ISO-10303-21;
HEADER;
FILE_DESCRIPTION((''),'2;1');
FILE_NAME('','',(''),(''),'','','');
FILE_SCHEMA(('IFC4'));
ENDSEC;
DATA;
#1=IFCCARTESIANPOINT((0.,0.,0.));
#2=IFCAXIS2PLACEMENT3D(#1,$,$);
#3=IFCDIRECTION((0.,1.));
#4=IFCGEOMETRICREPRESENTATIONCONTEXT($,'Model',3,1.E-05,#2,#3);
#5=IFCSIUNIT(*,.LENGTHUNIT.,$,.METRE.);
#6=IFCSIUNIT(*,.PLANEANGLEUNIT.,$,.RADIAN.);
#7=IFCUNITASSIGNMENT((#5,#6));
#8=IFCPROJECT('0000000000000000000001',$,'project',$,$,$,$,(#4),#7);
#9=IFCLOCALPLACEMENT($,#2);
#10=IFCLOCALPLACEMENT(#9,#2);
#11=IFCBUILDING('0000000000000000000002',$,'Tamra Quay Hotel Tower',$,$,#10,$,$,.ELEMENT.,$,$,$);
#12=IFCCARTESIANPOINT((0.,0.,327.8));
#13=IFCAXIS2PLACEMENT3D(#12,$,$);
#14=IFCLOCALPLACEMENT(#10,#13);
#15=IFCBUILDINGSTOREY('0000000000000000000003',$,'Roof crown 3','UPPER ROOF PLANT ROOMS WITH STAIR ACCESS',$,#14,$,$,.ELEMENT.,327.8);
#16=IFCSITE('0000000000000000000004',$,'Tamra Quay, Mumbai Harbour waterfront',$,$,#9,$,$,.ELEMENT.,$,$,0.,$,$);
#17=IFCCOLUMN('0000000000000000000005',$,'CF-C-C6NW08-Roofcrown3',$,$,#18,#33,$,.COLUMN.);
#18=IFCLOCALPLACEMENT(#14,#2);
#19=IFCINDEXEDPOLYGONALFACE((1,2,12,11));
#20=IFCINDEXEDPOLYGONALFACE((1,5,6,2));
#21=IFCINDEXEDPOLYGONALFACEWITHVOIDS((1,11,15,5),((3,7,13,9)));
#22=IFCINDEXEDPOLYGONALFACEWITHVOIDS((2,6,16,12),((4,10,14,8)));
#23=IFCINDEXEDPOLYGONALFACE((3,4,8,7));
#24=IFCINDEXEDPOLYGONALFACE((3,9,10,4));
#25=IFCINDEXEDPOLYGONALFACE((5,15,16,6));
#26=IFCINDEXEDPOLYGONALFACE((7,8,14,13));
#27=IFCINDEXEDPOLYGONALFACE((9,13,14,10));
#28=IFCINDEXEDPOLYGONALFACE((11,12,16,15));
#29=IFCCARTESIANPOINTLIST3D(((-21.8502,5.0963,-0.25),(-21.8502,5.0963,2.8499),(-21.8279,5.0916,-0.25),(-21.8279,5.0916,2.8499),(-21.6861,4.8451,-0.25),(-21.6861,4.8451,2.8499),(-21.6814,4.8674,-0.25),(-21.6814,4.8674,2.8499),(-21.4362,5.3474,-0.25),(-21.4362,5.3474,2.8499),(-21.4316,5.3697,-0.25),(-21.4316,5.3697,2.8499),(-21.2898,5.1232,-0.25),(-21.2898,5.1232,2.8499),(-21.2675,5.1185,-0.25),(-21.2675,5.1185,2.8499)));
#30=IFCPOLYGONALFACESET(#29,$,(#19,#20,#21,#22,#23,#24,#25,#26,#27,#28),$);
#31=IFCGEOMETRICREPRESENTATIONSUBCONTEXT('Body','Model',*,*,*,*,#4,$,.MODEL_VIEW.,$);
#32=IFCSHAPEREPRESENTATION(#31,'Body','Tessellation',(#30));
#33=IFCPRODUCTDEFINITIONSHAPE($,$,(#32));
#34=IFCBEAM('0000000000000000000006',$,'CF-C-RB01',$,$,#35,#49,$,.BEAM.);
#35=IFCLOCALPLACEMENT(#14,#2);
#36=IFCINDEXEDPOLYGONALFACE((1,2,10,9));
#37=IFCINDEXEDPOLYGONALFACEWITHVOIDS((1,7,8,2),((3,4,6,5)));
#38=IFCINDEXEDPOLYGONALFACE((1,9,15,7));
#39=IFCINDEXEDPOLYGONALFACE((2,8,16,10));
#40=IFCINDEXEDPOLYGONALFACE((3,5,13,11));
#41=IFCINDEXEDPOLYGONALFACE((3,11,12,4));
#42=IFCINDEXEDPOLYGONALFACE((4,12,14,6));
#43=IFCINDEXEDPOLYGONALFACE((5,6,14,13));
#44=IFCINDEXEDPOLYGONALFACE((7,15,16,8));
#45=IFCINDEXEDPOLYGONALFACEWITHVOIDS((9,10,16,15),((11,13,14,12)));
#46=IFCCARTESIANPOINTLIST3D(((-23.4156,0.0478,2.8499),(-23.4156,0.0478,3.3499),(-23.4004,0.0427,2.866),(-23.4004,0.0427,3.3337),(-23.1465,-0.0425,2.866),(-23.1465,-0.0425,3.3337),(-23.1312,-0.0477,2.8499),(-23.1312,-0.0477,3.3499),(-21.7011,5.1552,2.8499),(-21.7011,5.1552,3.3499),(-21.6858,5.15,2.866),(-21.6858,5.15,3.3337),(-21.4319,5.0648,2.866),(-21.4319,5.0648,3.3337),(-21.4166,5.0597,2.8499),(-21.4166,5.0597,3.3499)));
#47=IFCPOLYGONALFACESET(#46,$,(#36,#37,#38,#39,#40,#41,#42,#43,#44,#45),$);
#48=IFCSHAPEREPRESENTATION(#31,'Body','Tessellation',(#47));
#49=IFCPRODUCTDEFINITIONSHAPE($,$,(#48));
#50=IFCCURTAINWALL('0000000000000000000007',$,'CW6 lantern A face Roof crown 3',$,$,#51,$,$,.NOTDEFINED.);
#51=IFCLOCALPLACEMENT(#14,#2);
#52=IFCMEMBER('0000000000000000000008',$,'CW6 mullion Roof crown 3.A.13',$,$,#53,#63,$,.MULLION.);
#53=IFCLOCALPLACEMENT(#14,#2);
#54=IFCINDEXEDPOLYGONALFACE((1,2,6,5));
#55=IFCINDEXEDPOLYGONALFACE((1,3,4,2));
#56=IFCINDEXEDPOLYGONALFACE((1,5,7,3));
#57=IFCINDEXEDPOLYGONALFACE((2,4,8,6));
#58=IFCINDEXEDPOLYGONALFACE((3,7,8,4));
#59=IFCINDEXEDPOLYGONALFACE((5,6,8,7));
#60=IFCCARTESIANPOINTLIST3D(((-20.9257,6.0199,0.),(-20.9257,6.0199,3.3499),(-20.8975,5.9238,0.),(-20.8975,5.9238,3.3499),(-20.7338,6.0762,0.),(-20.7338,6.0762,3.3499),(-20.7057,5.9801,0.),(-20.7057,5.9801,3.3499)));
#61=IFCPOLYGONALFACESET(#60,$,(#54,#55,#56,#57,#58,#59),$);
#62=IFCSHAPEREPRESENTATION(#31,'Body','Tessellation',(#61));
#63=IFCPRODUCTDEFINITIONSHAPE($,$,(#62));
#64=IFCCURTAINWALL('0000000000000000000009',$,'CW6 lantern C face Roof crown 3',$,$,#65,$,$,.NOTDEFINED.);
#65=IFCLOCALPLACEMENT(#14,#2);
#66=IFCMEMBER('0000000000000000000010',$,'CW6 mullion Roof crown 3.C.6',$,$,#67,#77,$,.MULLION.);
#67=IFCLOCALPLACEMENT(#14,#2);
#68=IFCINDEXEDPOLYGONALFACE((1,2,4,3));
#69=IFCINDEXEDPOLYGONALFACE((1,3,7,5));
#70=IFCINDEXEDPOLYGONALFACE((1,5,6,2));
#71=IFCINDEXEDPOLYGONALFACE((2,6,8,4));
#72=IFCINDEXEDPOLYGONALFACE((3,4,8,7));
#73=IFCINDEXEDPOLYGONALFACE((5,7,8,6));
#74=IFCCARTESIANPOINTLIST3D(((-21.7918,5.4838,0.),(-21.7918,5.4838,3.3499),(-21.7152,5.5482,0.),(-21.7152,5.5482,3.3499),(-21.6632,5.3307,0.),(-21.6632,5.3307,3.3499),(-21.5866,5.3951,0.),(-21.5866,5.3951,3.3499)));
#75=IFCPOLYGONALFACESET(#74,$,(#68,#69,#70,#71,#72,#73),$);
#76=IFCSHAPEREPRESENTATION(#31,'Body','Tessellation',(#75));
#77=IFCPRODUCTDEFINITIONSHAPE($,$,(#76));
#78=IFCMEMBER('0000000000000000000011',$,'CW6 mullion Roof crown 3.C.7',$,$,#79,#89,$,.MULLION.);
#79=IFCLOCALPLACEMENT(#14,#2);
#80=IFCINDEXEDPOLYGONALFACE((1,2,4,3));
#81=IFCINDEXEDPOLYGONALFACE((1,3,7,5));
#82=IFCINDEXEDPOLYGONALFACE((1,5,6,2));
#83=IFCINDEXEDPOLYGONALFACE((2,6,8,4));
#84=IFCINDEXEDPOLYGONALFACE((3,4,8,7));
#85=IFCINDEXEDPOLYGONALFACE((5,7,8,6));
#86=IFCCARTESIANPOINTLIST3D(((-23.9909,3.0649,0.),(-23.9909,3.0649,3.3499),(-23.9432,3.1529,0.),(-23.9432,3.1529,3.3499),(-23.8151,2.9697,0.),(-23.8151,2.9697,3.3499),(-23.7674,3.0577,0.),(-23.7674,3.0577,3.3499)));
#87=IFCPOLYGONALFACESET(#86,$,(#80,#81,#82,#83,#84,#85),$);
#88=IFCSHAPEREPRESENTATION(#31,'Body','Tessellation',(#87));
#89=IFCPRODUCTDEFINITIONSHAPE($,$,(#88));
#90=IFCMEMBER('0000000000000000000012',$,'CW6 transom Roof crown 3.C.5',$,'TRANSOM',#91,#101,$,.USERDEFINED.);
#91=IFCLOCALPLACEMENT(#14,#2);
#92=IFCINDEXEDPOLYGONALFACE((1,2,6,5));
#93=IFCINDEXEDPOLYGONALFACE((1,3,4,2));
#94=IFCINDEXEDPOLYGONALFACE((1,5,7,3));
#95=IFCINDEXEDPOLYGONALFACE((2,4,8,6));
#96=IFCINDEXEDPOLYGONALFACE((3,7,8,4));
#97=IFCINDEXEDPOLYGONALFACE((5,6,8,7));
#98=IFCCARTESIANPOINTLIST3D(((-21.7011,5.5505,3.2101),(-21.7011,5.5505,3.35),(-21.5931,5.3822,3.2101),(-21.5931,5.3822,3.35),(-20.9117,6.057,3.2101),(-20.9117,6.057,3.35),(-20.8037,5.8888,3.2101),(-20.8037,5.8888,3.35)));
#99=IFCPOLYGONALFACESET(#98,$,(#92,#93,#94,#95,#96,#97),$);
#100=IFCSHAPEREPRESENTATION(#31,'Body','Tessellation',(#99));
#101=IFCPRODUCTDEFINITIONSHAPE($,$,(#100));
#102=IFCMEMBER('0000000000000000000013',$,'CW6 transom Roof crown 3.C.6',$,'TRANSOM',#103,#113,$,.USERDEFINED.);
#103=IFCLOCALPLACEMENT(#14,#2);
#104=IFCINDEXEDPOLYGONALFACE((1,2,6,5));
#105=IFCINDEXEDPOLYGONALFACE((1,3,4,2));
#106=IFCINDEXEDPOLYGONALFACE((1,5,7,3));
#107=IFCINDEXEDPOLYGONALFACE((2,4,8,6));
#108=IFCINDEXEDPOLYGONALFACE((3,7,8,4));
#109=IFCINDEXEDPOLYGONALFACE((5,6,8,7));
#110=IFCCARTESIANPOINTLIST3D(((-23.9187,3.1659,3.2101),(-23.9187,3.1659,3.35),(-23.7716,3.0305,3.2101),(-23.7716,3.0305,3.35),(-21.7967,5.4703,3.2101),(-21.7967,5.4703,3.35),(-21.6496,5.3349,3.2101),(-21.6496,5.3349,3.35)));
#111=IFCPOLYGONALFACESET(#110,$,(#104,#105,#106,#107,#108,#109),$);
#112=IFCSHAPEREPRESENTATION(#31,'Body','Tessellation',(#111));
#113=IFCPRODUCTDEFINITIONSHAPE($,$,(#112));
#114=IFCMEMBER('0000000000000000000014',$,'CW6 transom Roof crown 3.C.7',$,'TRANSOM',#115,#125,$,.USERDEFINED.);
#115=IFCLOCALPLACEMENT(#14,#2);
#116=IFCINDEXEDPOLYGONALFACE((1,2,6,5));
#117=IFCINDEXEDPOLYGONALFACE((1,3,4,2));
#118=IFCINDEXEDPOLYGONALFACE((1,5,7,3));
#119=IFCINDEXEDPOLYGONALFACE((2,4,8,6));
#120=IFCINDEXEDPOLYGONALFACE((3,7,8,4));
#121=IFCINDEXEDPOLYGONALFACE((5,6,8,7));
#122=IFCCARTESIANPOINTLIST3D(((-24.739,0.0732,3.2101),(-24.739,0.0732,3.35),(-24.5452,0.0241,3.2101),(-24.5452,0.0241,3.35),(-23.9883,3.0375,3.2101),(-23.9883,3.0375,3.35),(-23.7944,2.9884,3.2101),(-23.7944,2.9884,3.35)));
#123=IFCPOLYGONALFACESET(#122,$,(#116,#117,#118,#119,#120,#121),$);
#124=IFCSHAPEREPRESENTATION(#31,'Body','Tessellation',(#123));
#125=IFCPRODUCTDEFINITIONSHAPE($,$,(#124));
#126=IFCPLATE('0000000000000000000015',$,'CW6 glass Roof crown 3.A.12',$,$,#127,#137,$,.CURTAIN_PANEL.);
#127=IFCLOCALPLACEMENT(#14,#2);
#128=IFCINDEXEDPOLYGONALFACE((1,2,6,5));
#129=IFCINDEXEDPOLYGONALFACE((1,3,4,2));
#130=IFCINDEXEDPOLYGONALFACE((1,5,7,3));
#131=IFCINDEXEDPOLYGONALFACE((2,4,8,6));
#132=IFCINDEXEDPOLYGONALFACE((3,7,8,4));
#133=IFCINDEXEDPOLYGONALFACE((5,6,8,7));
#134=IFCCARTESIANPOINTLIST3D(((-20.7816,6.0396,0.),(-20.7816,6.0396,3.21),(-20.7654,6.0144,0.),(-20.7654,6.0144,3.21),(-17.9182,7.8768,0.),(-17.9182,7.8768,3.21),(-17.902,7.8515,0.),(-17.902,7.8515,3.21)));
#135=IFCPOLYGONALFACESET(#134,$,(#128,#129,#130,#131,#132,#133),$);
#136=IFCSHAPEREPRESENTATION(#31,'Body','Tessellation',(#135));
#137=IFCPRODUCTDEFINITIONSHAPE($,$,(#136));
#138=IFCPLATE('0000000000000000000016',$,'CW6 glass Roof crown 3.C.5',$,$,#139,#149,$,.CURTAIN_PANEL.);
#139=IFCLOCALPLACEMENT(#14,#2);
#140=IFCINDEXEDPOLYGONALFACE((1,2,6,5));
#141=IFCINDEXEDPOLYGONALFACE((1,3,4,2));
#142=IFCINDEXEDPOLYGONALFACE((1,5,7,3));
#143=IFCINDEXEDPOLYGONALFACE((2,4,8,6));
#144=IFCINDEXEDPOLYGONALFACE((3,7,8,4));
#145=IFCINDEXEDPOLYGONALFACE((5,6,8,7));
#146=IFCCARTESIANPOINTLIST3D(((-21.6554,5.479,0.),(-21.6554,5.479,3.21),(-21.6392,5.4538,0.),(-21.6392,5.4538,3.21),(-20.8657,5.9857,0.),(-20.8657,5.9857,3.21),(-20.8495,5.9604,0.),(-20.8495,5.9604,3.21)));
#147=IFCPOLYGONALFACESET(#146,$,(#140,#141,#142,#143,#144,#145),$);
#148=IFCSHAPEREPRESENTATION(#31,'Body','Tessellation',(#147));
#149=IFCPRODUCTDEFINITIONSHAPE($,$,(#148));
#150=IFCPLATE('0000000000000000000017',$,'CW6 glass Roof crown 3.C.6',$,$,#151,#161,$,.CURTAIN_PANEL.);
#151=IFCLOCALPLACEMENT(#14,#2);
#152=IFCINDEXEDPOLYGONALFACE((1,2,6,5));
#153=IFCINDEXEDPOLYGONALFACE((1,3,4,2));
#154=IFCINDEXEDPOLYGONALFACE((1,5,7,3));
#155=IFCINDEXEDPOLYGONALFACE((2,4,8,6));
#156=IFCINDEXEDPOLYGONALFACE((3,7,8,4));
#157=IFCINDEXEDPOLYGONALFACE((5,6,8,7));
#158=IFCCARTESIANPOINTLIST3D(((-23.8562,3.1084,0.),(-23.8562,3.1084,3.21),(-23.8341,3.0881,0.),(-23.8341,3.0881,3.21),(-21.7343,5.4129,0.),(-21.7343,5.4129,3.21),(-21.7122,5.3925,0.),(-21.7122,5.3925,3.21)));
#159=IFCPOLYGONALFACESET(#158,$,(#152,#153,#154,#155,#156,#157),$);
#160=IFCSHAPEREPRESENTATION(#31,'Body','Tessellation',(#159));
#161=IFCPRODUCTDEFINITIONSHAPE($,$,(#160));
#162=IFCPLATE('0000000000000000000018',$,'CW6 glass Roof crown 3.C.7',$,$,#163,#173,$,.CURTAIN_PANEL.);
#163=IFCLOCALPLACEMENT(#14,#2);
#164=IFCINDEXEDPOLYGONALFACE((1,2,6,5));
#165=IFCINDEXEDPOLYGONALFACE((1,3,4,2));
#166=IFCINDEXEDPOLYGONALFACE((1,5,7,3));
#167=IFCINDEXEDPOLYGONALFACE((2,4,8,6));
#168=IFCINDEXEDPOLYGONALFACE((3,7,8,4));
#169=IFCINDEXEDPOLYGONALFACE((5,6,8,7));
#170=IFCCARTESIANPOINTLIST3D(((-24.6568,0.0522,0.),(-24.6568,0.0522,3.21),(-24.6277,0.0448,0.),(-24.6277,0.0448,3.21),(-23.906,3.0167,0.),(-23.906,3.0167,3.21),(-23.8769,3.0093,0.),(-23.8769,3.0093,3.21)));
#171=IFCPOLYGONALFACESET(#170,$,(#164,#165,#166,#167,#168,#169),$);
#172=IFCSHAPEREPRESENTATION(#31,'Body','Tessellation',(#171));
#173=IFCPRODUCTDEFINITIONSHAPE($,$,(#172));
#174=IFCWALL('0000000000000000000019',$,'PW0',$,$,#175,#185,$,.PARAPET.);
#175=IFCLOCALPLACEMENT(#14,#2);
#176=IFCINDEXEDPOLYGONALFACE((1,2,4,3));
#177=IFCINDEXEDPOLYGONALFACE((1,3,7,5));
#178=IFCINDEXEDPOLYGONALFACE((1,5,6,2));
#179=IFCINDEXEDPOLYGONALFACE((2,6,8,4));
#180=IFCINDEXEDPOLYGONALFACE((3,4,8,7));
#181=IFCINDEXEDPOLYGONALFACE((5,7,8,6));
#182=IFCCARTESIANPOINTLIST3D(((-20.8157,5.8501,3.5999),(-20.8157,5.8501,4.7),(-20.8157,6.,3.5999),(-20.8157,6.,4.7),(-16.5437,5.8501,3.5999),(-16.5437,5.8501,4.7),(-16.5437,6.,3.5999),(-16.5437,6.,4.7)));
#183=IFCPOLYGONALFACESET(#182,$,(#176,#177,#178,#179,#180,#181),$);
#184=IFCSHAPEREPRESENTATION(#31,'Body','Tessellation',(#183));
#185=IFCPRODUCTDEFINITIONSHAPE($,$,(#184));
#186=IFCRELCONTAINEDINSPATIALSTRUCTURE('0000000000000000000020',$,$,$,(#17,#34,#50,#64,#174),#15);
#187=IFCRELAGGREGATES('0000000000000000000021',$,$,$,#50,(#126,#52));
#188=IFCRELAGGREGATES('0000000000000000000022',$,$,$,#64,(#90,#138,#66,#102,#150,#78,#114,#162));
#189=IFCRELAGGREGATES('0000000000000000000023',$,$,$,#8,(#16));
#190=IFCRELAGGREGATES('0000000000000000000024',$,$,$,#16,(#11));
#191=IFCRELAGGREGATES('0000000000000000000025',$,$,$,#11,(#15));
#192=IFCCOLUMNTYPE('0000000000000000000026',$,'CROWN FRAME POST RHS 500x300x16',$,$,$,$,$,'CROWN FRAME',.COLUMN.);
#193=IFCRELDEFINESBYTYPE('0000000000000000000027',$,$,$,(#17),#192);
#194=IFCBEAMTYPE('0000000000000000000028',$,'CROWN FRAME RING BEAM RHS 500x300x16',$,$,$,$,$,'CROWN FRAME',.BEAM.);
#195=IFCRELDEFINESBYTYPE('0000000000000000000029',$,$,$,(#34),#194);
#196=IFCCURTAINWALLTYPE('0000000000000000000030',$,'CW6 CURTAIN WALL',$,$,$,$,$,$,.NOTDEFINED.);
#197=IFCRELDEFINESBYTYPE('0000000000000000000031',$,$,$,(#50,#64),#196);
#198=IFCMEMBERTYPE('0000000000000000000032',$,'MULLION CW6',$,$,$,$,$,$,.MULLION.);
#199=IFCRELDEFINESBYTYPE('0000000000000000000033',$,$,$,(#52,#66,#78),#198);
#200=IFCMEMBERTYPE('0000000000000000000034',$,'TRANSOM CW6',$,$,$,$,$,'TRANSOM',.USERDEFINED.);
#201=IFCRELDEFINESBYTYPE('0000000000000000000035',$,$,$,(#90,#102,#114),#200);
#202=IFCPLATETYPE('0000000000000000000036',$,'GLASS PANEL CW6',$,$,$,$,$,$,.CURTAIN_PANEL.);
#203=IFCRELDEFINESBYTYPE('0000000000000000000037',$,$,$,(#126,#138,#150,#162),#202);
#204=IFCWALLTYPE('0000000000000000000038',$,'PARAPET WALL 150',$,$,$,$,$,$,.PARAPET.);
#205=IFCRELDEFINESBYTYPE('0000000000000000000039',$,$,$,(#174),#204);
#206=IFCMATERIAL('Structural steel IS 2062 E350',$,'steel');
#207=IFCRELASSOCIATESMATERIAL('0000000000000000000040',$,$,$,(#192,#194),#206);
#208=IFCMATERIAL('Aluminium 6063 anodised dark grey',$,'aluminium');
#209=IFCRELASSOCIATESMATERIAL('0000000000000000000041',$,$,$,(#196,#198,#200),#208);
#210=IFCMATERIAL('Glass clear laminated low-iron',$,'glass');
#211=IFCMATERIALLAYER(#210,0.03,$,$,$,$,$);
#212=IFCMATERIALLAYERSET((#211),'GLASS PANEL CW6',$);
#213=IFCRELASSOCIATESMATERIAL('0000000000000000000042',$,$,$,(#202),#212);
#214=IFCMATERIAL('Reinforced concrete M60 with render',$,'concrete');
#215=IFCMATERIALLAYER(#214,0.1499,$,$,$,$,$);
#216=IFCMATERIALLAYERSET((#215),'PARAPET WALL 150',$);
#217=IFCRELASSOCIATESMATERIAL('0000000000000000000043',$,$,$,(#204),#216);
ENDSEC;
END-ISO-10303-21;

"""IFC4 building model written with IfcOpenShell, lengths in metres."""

from ifc_helpers import new_model, si_unit, direction, frame, frame_2d, origin, origin_2d, place, context, subcontext, project, spatial, rectangle, hollow_rectangle, extrude, material, layer, layer_set, material_profile, profile_set, type_object, element, aggregate, save


model = new_model("IFC4")

# Units and contexts
model_context = context("Model", 3, precision=1e-05, world=origin(), true_north=direction((0.0, 1.0)))
body_context = subcontext(model_context, "Body", "Model", "MODEL_VIEW")
ifc_project = project(units=[si_unit("LENGTHUNIT", "METRE"), si_unit("PLANEANGLEUNIT", "RADIAN")], contexts=[model_context])

# Site, building, storey
site_placement = place(None, origin())
site = spatial("IfcSite", under=ifc_project, at=site_placement, Name="Tamra Quay, Mumbai Harbour waterfront", CompositionType="ELEMENT", RefElevation=0.0)
building_placement = place(site_placement, origin())
building = spatial("IfcBuilding", under=site, at=building_placement, Name="Tamra Quay Hotel Tower", CompositionType="ELEMENT")
storey_placement = place(building_placement, frame((0.0, 0.0, 327.8)))
storey = spatial("IfcBuildingStorey", under=building, at=storey_placement, Name="Roof crown 3", Description="UPPER ROOF PLANT ROOMS WITH STAIR ACCESS", CompositionType="ELEMENT", Elevation=327.8)

# Column
ifc_material_1 = material(Name="Structural steel IS 2062 E350", Category="steel")
ifc_material_profile_1 = material_profile(ifc_material_1, hollow_rectangle(XDim=0.3, YDim=0.5, WallThickness=0.0161, at=origin_2d()), Name="RHS 500x300x16")
ifc_profile_set_1 = profile_set([ifc_material_profile_1], Name="Structural steel IS 2062 E350")
column_type = type_object("IfcColumnType", Name="CROWN FRAME POST RHS 500x300x16", ElementType="CROWN FRAME", PredefinedType="COLUMN", material=ifc_profile_set_1)
column_placement = place(storey_placement, frame((-21.5588, 5.1074, -0.25), z_axis=(0.0, 0.0, 1.0), x_axis=(-0.546805, 0.83726, 0.0)))
element("IfcColumn", 1, at=column_placement, inside=storey, type_object=column_type, Name="CF-C-C6NW08-Roofcrown3", PredefinedType="COLUMN", context=body_context, shape_type="SweptSolid", body=[
    extrude(hollow_rectangle(XDim=0.3, YDim=0.5, WallThickness=0.0161, at=origin_2d()), origin(), (0.0, 0.0, 1.0), 3.0999),
])

# Beam
ifc_material_profile_2 = material_profile(ifc_material_1, hollow_rectangle(XDim=0.3, YDim=0.5, WallThickness=0.0161, at=origin_2d()), Name="RHS 500x300x16")
ifc_profile_set_2 = profile_set([ifc_material_profile_2], Name="Structural steel IS 2062 E350")
beam_type = type_object("IfcBeamType", Name="CROWN FRAME RING BEAM RHS 500x300x16", ElementType="CROWN FRAME", PredefinedType="BEAM", material=ifc_profile_set_2)
beam_placement = place(storey_placement, frame((-21.5588, 5.1074, 3.0999), z_axis=(-0.318253, -0.948006, 0.0), x_axis=(0.948006, -0.318253, 0.0)))
element("IfcBeam", 2, at=beam_placement, inside=storey, type_object=beam_type, Name="CF-C-RB01", PredefinedType="BEAM", context=body_context, shape_type="SweptSolid", body=[
    extrude(hollow_rectangle(XDim=0.3, YDim=0.5, WallThickness=0.0161, at=origin_2d()), origin(), (0.0, 0.0, 1.0), 5.3875),
])

# Curtain wall, member
ifc_material_2 = material(Name="Aluminium 6063 anodised dark grey", Category="aluminium")
curtain_wall_type = type_object("IfcCurtainWallType", Name="CW6 CURTAIN WALL", PredefinedType="NOTDEFINED", material=ifc_material_2)
curtain_wall_1_placement = place(storey_placement, origin())
curtain_wall_1 = element("IfcCurtainWall", 3, at=curtain_wall_1_placement, inside=storey, type_object=curtain_wall_type, Name="CW6 lantern A face Roof crown 3", PredefinedType="NOTDEFINED")
ifc_material_profile_3 = material_profile(ifc_material_2, rectangle(XDim=0.2, YDim=0.1001, at=origin_2d()), Name="MULLION 100X200")
ifc_profile_set_3 = profile_set([ifc_material_profile_3], Name="Aluminium 6063 anodised dark grey")
member_type_1 = type_object("IfcMemberType", Name="MULLION CW6", PredefinedType="MULLION", material=ifc_profile_set_3)
member_1_placement = place(storey_placement, frame((-20.8157, 6.0, 0.0), z_axis=(0.0, 0.0, 1.0), x_axis=(-0.9596, -0.281367, 0.0)))
member_1 = element("IfcMember", 4, at=member_1_placement, type_object=member_type_1, Name="CW6 mullion Roof crown 3.A.13", PredefinedType="MULLION", context=body_context, shape_type="SweptSolid", body=[
    extrude(rectangle(XDim=0.2, YDim=0.1001, at=origin_2d()), origin(), (0.0, 0.0, 1.0), 3.3499),
])

# Curtain wall, members
curtain_wall_2_placement = place(storey_placement, origin())
curtain_wall_2 = element("IfcCurtainWall", 5, at=curtain_wall_2_placement, inside=storey, type_object=curtain_wall_type, Name="CW6 lantern C face Roof crown 3", PredefinedType="NOTDEFINED")
member_2_placement = place(storey_placement, frame((-21.6892, 5.4395, 0.0), z_axis=(0.0, 0.0, 1.0), x_axis=(-0.643086, 0.765794, 0.0)))
member_2 = element("IfcMember", 6, at=member_2_placement, type_object=member_type_1, Name="CW6 mullion Roof crown 3.C.6", PredefinedType="MULLION", context=body_context, shape_type="SweptSolid", body=[
    extrude(rectangle(XDim=0.2, YDim=0.1001, at=origin_2d()), origin(), (0.0, 0.0, 1.0), 3.3499),
])
member_3_placement = place(storey_placement, frame((-23.8792, 3.0613, 0.0), z_axis=(0.0, 0.0, 1.0), x_axis=(-0.879433, 0.476023, 0.0)))
member_3 = element("IfcMember", 7, at=member_3_placement, type_object=member_type_1, Name="CW6 mullion Roof crown 3.C.7", PredefinedType="MULLION", context=body_context, shape_type="SweptSolid", body=[
    extrude(rectangle(XDim=0.2, YDim=0.1001, at=origin_2d()), origin(), (0.0, 0.0, 1.0), 3.3499),
])
ifc_material_profile_4 = material_profile(ifc_material_2, rectangle(XDim=0.2, YDim=0.1399, at=origin_2d()), Name="TRANSOM 200X140")
ifc_profile_set_4 = profile_set([ifc_material_profile_4], Name="Aluminium 6063 anodised dark grey")
member_type_2 = type_object("IfcMemberType", Name="TRANSOM CW6", ElementType="TRANSOM", PredefinedType="USERDEFINED", material=ifc_profile_set_4)
member_4_placement = place(storey_placement, frame((-20.8577, 5.9729, 3.28), z_axis=(-0.841652, -0.540021, 0.0), x_axis=(0.540021, -0.841652, 0.0)))
member_4 = element("IfcMember", 8, at=member_4_placement, type_object=member_type_2, Name="CW6 transom Roof crown 3.C.5", ObjectType="TRANSOM", PredefinedType="USERDEFINED", context=body_context, shape_type="SweptSolid", body=[
    extrude(rectangle(XDim=0.2, YDim=0.1399, at=origin_2d()), origin(), (0.0, 0.0, 1.0), 0.938),
])
member_5_placement = place(storey_placement, frame((-21.7231, 5.4026, 3.28), z_axis=(-0.677399, -0.735616, 0.0), x_axis=(0.735616, -0.677399, 0.0)))
member_5 = element("IfcMember", 9, at=member_5_placement, type_object=member_type_2, Name="CW6 transom Roof crown 3.C.6", ObjectType="TRANSOM", PredefinedType="USERDEFINED", context=body_context, shape_type="SweptSolid", body=[
    extrude(rectangle(XDim=0.2, YDim=0.1399, at=origin_2d()), origin(), (0.0, 0.0, 1.0), 3.1326),
])
member_6_placement = place(storey_placement, frame((-23.8914, 3.0129, 3.28), z_axis=(-0.245503, -0.969396, 0.0), x_axis=(0.969396, -0.245503, 0.0)))
member_6 = element("IfcMember", 10, at=member_6_placement, type_object=member_type_2, Name="CW6 transom Roof crown 3.C.7", ObjectType="TRANSOM", PredefinedType="USERDEFINED", context=body_context, shape_type="SweptSolid", body=[
    extrude(rectangle(XDim=0.2, YDim=0.1399, at=origin_2d()), origin(), (0.0, 0.0, 1.0), 3.0579),
])

# Plates
ifc_material_3 = material(Name="Glass clear laminated low-iron", Category="glass")
ifc_layer_1 = layer(ifc_material_3, 0.03)
ifc_layer_set_1 = layer_set([ifc_layer_1], Name="GLASS PANEL CW6")
plate_type = type_object("IfcPlateType", Name="GLASS PANEL CW6", PredefinedType="CURTAIN_PANEL", material=ifc_layer_set_1)
plate_1_placement = place(storey_placement, frame((-19.3418, 6.9456, 0.0), z_axis=(0.0, 0.0, 1.0), x_axis=(-0.841665, -0.54, 0.0)))
plate_1 = element("IfcPlate", 11, at=plate_1_placement, type_object=plate_type, Name="CW6 glass Roof crown 3.A.12", PredefinedType="CURTAIN_PANEL", context=body_context, shape_type="SweptSolid", body=[
    extrude(rectangle(XDim=3.4021, YDim=0.03, at=origin_2d()), origin(), (0.0, 0.0, 1.0), 3.21),
])
aggregate(curtain_wall_1, [plate_1, member_1])
plate_2_placement = place(storey_placement, frame((-21.2524, 5.7197, 0.0), z_axis=(0.0, 0.0, 1.0), x_axis=(-0.841665, -0.54, 0.0)))
plate_2 = element("IfcPlate", 12, at=plate_2_placement, type_object=plate_type, Name="CW6 glass Roof crown 3.C.5", PredefinedType="CURTAIN_PANEL", context=body_context, shape_type="SweptSolid", body=[
    extrude(rectangle(XDim=0.9382, YDim=0.03, at=origin_2d()), origin(), (0.0, 0.0, 1.0), 3.21),
])
plate_3_placement = place(storey_placement, frame((-22.7842, 4.2505, 0.0), z_axis=(0.0, 0.0, 1.0), x_axis=(-0.677376, -0.735637, 0.0)))
plate_3 = element("IfcPlate", 13, at=plate_3_placement, type_object=plate_type, Name="CW6 glass Roof crown 3.C.6", PredefinedType="CURTAIN_PANEL", context=body_context, shape_type="SweptSolid", body=[
    extrude(rectangle(XDim=3.1326, YDim=0.03, at=origin_2d()), origin(), (0.0, 0.0, 1.0), 3.21),
])
plate_4_placement = place(storey_placement, frame((-24.2668, 1.5308, 0.0), z_axis=(0.0, 0.0, 1.0), x_axis=(-0.245527, -0.96939, 0.0)))
plate_4 = element("IfcPlate", 14, at=plate_4_placement, type_object=plate_type, Name="CW6 glass Roof crown 3.C.7", PredefinedType="CURTAIN_PANEL", context=body_context, shape_type="SweptSolid", body=[
    extrude(rectangle(XDim=3.0581, YDim=0.03, at=origin_2d()), origin(), (0.0, 0.0, 1.0), 3.21),
])
aggregate(curtain_wall_2, [member_4, plate_2, member_2, member_5, plate_3, member_3, member_6, plate_4])

# Wall
ifc_material_4 = material(Name="Reinforced concrete M60 with render", Category="concrete")
ifc_layer_2 = layer(ifc_material_4, 0.1499)
ifc_layer_set_2 = layer_set([ifc_layer_2], Name="PARAPET WALL 150")
wall_type = type_object("IfcWallType", Name="PARAPET WALL 150", PredefinedType="PARAPET", material=ifc_layer_set_2)
wall_1_placement = place(storey_placement, frame((-20.8157, 5.925, 3.5999), z_axis=(0.0, 0.0, 1.0), x_axis=(1.0, 0.0, 0.0)))
element("IfcWall", 15, at=wall_1_placement, inside=storey, type_object=wall_type, Name="PW0", PredefinedType="PARAPET", context=body_context, shape_type="SweptSolid", body=[
    extrude(rectangle(XDim=4.272, YDim=0.1499, at=frame_2d((2.136, 0.0))), origin(), (0.0, 0.0, 1.0), 1.1001),
])

save(model, "model.ifc")
